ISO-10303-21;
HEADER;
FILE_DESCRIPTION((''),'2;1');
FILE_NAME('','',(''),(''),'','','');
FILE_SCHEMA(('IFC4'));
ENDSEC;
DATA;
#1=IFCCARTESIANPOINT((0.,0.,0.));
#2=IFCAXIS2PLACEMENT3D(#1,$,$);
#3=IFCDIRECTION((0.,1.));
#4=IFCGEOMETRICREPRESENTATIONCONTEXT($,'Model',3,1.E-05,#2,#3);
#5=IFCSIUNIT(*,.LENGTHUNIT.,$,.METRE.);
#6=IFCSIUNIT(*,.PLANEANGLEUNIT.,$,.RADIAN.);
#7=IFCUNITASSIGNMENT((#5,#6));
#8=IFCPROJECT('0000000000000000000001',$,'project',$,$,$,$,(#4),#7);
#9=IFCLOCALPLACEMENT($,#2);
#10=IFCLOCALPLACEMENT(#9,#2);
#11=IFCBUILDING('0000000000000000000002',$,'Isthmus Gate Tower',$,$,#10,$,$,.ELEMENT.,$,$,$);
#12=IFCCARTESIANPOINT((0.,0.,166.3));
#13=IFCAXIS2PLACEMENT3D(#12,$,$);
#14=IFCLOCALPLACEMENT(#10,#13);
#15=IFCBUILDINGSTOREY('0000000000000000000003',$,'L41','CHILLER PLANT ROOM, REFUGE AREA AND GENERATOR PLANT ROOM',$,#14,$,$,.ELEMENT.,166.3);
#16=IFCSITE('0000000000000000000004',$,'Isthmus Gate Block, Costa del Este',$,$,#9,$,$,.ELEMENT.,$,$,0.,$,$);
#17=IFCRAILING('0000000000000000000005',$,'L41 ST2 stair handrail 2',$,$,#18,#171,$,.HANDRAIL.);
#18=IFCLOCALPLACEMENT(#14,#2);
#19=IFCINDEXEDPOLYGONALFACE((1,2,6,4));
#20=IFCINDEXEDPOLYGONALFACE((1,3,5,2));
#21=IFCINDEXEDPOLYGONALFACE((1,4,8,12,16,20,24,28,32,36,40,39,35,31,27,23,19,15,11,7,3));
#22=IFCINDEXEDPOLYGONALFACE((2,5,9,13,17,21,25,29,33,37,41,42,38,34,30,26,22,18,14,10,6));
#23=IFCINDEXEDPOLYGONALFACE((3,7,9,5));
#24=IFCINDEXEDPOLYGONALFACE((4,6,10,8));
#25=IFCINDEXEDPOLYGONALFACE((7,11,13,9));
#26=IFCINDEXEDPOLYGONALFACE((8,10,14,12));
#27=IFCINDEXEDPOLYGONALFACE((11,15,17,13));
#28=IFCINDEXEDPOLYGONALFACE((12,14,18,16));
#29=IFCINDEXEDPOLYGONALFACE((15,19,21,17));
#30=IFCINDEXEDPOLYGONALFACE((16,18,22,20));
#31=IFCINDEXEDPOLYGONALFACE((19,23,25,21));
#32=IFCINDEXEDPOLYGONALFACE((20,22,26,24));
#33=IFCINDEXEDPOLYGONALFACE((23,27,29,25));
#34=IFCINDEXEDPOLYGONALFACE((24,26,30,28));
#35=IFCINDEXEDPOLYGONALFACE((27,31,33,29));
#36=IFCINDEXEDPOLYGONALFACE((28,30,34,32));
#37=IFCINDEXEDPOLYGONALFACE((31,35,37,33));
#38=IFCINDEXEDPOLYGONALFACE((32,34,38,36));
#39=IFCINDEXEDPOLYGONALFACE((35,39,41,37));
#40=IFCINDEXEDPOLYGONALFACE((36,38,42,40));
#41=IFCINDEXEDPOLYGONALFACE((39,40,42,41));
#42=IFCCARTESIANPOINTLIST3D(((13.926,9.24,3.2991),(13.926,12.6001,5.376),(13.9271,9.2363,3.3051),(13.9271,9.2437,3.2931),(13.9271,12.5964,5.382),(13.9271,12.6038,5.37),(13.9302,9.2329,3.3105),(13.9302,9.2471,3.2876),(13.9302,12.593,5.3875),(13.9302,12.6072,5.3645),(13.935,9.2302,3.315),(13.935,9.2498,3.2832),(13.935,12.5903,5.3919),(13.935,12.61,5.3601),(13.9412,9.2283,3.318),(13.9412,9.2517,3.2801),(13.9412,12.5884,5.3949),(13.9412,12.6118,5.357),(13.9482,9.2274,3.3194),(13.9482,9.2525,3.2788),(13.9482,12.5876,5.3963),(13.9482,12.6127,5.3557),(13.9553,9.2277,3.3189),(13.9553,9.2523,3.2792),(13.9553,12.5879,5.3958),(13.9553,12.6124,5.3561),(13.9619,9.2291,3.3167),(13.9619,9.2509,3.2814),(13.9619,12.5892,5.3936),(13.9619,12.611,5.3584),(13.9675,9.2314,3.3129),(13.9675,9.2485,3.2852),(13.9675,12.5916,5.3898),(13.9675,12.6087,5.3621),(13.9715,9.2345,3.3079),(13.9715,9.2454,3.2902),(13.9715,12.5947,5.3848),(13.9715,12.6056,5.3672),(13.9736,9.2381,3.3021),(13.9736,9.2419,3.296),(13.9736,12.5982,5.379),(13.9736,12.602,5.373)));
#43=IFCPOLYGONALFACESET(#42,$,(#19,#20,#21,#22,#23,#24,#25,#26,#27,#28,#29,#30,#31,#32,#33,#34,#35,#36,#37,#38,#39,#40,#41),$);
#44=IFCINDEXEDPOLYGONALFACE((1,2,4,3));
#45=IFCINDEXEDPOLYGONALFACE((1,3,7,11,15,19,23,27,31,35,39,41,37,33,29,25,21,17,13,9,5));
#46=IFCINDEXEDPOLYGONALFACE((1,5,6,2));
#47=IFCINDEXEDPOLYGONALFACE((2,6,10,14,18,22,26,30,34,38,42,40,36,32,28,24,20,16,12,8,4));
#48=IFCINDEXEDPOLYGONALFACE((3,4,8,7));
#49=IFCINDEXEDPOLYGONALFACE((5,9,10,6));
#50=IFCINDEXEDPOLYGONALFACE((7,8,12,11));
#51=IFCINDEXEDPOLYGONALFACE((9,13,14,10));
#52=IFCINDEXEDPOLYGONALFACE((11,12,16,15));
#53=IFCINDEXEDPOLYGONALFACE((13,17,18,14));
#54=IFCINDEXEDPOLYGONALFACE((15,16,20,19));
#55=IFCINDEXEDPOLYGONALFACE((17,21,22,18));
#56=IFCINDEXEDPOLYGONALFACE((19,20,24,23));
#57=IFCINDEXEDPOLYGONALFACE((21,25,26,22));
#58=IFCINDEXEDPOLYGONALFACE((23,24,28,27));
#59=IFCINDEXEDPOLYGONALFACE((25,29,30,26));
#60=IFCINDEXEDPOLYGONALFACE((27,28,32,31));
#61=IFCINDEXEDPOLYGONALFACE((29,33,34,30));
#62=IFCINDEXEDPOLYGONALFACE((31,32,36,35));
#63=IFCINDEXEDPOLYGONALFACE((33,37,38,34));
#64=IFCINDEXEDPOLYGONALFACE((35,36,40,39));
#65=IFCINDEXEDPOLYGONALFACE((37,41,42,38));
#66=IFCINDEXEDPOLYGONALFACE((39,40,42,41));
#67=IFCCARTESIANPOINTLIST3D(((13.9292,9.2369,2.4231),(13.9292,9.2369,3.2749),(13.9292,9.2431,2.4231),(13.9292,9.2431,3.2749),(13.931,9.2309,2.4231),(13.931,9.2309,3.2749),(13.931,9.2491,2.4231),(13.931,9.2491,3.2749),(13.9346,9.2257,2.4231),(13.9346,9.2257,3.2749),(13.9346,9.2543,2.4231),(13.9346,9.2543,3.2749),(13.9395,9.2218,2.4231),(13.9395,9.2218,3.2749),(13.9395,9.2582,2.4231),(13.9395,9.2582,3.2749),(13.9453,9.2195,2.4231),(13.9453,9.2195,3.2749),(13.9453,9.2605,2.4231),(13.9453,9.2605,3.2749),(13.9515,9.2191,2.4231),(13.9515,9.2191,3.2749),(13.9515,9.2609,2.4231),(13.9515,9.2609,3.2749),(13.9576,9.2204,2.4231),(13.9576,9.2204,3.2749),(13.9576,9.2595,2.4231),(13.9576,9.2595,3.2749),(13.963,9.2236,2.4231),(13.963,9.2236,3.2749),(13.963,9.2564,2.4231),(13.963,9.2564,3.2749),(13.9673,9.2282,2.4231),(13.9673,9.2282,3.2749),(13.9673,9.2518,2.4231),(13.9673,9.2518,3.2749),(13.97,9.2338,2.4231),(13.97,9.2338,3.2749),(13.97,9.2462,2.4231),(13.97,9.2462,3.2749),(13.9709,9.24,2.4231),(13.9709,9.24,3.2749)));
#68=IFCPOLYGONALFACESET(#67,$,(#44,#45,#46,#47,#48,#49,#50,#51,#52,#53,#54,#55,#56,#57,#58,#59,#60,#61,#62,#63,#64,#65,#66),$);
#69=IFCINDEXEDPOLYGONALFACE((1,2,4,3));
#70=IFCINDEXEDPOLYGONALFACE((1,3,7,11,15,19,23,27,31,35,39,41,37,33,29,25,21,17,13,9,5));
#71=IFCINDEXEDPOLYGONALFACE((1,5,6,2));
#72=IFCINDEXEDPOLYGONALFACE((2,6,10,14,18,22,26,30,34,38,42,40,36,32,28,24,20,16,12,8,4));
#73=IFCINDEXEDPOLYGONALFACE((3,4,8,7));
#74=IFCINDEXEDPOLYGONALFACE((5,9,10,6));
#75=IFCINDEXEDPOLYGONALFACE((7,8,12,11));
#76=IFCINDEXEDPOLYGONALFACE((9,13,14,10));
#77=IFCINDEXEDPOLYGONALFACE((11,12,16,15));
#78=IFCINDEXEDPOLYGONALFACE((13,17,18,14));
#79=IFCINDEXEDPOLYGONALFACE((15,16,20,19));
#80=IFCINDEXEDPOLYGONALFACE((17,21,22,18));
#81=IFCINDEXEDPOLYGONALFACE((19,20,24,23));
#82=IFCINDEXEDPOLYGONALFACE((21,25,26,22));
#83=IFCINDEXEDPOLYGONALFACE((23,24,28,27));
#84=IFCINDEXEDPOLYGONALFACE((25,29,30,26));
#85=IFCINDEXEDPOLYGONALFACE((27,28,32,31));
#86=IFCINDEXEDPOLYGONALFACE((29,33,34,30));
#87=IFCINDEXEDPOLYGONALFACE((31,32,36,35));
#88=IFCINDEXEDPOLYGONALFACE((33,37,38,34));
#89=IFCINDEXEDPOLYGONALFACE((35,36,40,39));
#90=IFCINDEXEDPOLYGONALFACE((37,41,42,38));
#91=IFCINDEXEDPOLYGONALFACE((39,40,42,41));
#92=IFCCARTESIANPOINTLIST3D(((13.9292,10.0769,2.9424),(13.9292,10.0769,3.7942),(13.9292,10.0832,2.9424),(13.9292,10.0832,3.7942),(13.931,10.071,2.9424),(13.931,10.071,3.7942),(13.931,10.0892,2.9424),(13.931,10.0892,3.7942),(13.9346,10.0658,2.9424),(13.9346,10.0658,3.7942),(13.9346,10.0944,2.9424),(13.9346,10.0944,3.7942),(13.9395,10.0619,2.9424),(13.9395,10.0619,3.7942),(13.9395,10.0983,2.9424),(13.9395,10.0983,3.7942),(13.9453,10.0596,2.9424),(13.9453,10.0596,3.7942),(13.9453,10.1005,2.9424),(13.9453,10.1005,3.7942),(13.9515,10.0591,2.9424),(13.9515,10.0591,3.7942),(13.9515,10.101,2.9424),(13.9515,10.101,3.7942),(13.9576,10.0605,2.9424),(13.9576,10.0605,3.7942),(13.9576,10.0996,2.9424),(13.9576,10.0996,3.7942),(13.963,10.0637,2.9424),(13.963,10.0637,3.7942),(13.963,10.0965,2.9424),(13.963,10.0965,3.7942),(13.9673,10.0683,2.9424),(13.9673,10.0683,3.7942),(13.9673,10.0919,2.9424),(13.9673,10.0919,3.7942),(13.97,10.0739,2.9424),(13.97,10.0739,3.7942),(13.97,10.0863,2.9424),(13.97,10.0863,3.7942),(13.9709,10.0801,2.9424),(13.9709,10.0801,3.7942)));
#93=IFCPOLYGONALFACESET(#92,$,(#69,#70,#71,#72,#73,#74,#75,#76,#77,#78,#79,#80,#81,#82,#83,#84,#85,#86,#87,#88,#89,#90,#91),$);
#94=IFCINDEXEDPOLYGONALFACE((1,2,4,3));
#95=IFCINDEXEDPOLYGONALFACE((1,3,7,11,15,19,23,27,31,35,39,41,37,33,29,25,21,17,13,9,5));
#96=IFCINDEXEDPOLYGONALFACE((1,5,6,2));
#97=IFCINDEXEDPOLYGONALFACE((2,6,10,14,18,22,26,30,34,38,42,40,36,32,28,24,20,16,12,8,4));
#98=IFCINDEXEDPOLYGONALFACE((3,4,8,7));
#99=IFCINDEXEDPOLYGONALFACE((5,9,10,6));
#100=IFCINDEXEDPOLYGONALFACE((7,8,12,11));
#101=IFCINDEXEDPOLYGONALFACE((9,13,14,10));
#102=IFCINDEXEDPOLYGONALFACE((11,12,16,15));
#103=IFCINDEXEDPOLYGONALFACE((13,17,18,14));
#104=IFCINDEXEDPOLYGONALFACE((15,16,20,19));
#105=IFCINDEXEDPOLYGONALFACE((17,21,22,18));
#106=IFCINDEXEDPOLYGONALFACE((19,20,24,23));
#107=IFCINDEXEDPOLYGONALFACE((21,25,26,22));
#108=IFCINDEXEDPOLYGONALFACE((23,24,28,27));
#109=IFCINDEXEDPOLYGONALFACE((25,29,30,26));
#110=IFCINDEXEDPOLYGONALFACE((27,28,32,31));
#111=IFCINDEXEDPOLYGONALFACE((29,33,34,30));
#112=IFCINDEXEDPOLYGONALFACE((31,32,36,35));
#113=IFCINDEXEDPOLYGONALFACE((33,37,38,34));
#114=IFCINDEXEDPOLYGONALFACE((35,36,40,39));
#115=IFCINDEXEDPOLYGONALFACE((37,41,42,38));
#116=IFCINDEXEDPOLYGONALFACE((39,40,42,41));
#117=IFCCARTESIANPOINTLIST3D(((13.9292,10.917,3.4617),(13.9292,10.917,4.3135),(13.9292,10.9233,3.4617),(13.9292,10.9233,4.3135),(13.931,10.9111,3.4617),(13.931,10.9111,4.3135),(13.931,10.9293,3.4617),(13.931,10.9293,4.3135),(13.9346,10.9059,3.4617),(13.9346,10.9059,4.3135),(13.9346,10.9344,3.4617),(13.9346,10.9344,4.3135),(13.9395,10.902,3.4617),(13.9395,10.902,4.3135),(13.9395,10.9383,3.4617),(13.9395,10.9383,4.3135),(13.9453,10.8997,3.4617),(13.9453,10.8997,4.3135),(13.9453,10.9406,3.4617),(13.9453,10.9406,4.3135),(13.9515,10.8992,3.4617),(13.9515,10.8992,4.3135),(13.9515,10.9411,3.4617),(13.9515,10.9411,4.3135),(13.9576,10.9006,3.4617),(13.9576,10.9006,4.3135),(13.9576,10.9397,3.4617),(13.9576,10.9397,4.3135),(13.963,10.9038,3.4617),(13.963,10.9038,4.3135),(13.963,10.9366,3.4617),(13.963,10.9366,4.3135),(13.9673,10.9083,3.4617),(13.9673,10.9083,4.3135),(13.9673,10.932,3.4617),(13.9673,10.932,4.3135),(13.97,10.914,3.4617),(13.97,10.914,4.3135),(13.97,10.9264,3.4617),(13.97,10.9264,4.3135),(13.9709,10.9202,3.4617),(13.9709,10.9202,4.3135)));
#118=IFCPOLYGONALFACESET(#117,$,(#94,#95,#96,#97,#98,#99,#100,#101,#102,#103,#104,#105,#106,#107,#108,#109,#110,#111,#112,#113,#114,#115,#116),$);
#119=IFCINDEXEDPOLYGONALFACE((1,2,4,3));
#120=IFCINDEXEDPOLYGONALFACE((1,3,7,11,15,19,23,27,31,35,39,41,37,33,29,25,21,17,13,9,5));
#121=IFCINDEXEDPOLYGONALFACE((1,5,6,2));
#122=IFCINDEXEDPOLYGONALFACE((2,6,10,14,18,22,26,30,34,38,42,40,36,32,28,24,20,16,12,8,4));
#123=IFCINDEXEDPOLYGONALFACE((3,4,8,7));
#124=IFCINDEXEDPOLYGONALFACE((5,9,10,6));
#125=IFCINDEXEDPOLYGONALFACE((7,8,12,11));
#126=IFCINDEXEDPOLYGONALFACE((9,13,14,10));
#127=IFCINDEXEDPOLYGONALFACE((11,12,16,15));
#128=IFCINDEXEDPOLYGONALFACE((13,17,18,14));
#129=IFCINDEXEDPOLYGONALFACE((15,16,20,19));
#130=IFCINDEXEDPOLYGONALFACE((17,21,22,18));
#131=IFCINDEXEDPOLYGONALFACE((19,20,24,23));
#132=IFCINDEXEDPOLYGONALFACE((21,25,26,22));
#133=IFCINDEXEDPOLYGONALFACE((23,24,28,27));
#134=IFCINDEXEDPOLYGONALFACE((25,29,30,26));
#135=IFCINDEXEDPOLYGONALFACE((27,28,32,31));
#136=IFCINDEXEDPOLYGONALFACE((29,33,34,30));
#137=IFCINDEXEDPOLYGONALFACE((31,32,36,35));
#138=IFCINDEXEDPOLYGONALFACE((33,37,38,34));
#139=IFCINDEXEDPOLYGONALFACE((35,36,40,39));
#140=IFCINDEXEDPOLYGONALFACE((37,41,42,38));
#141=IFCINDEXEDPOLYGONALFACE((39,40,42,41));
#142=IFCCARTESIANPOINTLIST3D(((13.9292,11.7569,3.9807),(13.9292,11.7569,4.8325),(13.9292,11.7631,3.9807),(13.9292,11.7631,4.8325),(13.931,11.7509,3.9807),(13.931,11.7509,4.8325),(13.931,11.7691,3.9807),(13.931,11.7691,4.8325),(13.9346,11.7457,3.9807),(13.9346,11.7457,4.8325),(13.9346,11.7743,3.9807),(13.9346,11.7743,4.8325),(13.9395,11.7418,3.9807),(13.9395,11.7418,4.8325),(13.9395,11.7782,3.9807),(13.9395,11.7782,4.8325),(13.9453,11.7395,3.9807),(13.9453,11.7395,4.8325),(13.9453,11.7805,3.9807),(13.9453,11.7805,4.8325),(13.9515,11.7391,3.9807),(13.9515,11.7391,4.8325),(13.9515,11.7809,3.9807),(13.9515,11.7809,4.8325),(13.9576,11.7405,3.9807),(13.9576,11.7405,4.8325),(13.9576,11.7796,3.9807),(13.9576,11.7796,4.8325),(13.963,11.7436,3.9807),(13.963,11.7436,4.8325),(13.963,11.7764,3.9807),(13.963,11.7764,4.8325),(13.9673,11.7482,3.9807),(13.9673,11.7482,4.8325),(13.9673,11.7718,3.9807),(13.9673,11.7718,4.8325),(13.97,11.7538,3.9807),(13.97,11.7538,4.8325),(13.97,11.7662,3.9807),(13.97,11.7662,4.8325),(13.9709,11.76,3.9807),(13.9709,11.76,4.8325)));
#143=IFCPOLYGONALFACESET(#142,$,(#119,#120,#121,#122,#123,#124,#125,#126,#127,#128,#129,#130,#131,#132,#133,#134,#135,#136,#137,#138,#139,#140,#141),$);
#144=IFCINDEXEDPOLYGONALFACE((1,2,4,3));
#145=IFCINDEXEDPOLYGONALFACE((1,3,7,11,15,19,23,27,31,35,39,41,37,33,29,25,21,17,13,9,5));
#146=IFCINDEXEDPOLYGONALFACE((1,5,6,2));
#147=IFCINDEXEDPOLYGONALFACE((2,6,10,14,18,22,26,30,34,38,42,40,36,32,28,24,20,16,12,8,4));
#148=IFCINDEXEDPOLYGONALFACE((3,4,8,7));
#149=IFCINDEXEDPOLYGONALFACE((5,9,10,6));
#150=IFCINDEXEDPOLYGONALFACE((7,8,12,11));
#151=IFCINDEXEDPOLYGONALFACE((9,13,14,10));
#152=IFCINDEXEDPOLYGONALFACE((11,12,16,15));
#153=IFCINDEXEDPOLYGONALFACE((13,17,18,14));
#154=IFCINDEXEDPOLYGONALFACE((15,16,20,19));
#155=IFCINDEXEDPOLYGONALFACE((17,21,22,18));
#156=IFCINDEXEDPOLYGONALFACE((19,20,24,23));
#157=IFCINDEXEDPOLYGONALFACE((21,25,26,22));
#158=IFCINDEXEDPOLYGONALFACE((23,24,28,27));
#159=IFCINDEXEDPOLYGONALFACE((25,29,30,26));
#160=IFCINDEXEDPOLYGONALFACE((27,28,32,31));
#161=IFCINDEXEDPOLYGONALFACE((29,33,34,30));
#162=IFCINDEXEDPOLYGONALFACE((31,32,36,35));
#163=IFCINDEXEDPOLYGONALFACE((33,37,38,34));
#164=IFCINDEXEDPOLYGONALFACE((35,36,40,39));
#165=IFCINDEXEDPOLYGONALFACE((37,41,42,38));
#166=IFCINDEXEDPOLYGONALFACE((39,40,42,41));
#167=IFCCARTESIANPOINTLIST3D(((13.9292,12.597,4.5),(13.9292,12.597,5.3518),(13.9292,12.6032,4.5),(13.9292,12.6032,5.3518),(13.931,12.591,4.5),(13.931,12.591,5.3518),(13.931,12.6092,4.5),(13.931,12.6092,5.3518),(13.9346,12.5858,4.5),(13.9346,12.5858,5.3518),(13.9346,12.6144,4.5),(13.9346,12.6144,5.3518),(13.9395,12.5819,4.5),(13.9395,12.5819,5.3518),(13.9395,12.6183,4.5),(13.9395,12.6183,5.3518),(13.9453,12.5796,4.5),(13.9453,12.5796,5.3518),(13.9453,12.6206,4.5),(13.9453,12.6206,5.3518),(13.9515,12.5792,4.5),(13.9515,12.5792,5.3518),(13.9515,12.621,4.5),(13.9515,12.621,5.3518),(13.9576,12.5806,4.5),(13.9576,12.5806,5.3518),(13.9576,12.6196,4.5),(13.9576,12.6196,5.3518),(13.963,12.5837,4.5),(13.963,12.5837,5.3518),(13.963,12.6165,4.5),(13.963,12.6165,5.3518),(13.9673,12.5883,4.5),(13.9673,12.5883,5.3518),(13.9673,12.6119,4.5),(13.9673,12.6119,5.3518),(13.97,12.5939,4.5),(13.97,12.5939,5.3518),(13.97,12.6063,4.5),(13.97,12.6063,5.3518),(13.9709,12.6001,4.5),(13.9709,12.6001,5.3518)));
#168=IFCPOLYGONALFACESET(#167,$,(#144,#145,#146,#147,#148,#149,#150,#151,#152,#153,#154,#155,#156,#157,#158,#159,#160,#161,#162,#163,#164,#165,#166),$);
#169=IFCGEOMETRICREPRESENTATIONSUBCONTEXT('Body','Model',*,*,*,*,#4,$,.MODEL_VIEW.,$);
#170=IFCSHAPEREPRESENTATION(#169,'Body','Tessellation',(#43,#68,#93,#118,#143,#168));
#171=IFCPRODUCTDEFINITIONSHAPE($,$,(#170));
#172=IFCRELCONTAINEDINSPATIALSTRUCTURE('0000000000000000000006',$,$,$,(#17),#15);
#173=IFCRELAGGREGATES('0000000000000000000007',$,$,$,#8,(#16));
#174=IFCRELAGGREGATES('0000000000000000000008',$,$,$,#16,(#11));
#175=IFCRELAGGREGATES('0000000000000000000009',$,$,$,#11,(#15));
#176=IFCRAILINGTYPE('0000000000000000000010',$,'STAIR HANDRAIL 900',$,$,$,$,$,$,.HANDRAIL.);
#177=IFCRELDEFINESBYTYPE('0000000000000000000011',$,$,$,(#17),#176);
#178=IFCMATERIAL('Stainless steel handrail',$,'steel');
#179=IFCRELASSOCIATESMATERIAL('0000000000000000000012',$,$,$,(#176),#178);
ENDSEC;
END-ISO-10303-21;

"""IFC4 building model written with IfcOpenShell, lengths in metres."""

from ifc_helpers import new_model, si_unit, direction, frame, origin, origin_2d, place, context, subcontext, project, spatial, circle, extrude, material, type_object, element, save


model = new_model("IFC4")

# Units and contexts
model_context = context("Model", 3, precision=1e-05, world=origin(), true_north=direction((0.0, 1.0)))
body_context = subcontext(model_context, "Body", "Model", "MODEL_VIEW")
ifc_project = project(units=[si_unit("LENGTHUNIT", "METRE"), si_unit("PLANEANGLEUNIT", "RADIAN")], contexts=[model_context])

# Site, building, storey
site_placement = place(None, origin())
site = spatial("IfcSite", under=ifc_project, at=site_placement, Name="Isthmus Gate Block, Costa del Este", CompositionType="ELEMENT", RefElevation=0.0)
building_placement = place(site_placement, origin())
building = spatial("IfcBuilding", under=site, at=building_placement, Name="Isthmus Gate Tower", CompositionType="ELEMENT")
storey_placement = place(building_placement, frame((0.0, 0.0, 166.3)))
storey = spatial("IfcBuildingStorey", under=building, at=storey_placement, Name="L41", Description="CHILLER PLANT ROOM, REFUGE AREA AND GENERATOR PLANT ROOM", CompositionType="ELEMENT", Elevation=166.3)

# Railing
ifc_material_1 = material(Name="Stainless steel handrail", Category="steel")
railing_type = type_object("IfcRailingType", Name="STAIR HANDRAIL 900", PredefinedType="HANDRAIL", material=ifc_material_1)
railing_placement = place(storey_placement, frame((13.95, 9.24, 2.4231)))
element("IfcRailing", 1, at=railing_placement, inside=storey, type_object=railing_type, Name="L41 ST2 stair handrail 2", PredefinedType="HANDRAIL", context=body_context, shape_type="SweptSolid", body=[
    extrude(circle(Radius=0.0239, at=origin_2d()), frame((0.0, 0.0, 0.876), z_axis=(0.0, 0.850623, 0.525776), x_axis=(-1.0, 0.0, 0.0)), (0.0, 0.0, 1.0), 3.9502),
    extrude(circle(Radius=0.021, at=origin_2d()), origin(), (0.0, 0.0, 1.0), 0.8518),
    extrude(circle(Radius=0.021, at=origin_2d()), frame((0.0, 0.8401, 0.5193)), (0.0, 0.0, 1.0), 0.8518),
    extrude(circle(Radius=0.021, at=origin_2d()), frame((0.0, 1.6802, 1.0386)), (0.0, 0.0, 1.0), 0.8518),
    extrude(circle(Radius=0.021, at=origin_2d()), frame((0.0, 2.52, 1.5576)), (0.0, 0.0, 1.0), 0.8518),
    extrude(circle(Radius=0.021, at=origin_2d()), frame((0.0, 3.3601, 2.0769)), (0.0, 0.0, 1.0), 0.8518),
])

save(model, "model.ifc")
